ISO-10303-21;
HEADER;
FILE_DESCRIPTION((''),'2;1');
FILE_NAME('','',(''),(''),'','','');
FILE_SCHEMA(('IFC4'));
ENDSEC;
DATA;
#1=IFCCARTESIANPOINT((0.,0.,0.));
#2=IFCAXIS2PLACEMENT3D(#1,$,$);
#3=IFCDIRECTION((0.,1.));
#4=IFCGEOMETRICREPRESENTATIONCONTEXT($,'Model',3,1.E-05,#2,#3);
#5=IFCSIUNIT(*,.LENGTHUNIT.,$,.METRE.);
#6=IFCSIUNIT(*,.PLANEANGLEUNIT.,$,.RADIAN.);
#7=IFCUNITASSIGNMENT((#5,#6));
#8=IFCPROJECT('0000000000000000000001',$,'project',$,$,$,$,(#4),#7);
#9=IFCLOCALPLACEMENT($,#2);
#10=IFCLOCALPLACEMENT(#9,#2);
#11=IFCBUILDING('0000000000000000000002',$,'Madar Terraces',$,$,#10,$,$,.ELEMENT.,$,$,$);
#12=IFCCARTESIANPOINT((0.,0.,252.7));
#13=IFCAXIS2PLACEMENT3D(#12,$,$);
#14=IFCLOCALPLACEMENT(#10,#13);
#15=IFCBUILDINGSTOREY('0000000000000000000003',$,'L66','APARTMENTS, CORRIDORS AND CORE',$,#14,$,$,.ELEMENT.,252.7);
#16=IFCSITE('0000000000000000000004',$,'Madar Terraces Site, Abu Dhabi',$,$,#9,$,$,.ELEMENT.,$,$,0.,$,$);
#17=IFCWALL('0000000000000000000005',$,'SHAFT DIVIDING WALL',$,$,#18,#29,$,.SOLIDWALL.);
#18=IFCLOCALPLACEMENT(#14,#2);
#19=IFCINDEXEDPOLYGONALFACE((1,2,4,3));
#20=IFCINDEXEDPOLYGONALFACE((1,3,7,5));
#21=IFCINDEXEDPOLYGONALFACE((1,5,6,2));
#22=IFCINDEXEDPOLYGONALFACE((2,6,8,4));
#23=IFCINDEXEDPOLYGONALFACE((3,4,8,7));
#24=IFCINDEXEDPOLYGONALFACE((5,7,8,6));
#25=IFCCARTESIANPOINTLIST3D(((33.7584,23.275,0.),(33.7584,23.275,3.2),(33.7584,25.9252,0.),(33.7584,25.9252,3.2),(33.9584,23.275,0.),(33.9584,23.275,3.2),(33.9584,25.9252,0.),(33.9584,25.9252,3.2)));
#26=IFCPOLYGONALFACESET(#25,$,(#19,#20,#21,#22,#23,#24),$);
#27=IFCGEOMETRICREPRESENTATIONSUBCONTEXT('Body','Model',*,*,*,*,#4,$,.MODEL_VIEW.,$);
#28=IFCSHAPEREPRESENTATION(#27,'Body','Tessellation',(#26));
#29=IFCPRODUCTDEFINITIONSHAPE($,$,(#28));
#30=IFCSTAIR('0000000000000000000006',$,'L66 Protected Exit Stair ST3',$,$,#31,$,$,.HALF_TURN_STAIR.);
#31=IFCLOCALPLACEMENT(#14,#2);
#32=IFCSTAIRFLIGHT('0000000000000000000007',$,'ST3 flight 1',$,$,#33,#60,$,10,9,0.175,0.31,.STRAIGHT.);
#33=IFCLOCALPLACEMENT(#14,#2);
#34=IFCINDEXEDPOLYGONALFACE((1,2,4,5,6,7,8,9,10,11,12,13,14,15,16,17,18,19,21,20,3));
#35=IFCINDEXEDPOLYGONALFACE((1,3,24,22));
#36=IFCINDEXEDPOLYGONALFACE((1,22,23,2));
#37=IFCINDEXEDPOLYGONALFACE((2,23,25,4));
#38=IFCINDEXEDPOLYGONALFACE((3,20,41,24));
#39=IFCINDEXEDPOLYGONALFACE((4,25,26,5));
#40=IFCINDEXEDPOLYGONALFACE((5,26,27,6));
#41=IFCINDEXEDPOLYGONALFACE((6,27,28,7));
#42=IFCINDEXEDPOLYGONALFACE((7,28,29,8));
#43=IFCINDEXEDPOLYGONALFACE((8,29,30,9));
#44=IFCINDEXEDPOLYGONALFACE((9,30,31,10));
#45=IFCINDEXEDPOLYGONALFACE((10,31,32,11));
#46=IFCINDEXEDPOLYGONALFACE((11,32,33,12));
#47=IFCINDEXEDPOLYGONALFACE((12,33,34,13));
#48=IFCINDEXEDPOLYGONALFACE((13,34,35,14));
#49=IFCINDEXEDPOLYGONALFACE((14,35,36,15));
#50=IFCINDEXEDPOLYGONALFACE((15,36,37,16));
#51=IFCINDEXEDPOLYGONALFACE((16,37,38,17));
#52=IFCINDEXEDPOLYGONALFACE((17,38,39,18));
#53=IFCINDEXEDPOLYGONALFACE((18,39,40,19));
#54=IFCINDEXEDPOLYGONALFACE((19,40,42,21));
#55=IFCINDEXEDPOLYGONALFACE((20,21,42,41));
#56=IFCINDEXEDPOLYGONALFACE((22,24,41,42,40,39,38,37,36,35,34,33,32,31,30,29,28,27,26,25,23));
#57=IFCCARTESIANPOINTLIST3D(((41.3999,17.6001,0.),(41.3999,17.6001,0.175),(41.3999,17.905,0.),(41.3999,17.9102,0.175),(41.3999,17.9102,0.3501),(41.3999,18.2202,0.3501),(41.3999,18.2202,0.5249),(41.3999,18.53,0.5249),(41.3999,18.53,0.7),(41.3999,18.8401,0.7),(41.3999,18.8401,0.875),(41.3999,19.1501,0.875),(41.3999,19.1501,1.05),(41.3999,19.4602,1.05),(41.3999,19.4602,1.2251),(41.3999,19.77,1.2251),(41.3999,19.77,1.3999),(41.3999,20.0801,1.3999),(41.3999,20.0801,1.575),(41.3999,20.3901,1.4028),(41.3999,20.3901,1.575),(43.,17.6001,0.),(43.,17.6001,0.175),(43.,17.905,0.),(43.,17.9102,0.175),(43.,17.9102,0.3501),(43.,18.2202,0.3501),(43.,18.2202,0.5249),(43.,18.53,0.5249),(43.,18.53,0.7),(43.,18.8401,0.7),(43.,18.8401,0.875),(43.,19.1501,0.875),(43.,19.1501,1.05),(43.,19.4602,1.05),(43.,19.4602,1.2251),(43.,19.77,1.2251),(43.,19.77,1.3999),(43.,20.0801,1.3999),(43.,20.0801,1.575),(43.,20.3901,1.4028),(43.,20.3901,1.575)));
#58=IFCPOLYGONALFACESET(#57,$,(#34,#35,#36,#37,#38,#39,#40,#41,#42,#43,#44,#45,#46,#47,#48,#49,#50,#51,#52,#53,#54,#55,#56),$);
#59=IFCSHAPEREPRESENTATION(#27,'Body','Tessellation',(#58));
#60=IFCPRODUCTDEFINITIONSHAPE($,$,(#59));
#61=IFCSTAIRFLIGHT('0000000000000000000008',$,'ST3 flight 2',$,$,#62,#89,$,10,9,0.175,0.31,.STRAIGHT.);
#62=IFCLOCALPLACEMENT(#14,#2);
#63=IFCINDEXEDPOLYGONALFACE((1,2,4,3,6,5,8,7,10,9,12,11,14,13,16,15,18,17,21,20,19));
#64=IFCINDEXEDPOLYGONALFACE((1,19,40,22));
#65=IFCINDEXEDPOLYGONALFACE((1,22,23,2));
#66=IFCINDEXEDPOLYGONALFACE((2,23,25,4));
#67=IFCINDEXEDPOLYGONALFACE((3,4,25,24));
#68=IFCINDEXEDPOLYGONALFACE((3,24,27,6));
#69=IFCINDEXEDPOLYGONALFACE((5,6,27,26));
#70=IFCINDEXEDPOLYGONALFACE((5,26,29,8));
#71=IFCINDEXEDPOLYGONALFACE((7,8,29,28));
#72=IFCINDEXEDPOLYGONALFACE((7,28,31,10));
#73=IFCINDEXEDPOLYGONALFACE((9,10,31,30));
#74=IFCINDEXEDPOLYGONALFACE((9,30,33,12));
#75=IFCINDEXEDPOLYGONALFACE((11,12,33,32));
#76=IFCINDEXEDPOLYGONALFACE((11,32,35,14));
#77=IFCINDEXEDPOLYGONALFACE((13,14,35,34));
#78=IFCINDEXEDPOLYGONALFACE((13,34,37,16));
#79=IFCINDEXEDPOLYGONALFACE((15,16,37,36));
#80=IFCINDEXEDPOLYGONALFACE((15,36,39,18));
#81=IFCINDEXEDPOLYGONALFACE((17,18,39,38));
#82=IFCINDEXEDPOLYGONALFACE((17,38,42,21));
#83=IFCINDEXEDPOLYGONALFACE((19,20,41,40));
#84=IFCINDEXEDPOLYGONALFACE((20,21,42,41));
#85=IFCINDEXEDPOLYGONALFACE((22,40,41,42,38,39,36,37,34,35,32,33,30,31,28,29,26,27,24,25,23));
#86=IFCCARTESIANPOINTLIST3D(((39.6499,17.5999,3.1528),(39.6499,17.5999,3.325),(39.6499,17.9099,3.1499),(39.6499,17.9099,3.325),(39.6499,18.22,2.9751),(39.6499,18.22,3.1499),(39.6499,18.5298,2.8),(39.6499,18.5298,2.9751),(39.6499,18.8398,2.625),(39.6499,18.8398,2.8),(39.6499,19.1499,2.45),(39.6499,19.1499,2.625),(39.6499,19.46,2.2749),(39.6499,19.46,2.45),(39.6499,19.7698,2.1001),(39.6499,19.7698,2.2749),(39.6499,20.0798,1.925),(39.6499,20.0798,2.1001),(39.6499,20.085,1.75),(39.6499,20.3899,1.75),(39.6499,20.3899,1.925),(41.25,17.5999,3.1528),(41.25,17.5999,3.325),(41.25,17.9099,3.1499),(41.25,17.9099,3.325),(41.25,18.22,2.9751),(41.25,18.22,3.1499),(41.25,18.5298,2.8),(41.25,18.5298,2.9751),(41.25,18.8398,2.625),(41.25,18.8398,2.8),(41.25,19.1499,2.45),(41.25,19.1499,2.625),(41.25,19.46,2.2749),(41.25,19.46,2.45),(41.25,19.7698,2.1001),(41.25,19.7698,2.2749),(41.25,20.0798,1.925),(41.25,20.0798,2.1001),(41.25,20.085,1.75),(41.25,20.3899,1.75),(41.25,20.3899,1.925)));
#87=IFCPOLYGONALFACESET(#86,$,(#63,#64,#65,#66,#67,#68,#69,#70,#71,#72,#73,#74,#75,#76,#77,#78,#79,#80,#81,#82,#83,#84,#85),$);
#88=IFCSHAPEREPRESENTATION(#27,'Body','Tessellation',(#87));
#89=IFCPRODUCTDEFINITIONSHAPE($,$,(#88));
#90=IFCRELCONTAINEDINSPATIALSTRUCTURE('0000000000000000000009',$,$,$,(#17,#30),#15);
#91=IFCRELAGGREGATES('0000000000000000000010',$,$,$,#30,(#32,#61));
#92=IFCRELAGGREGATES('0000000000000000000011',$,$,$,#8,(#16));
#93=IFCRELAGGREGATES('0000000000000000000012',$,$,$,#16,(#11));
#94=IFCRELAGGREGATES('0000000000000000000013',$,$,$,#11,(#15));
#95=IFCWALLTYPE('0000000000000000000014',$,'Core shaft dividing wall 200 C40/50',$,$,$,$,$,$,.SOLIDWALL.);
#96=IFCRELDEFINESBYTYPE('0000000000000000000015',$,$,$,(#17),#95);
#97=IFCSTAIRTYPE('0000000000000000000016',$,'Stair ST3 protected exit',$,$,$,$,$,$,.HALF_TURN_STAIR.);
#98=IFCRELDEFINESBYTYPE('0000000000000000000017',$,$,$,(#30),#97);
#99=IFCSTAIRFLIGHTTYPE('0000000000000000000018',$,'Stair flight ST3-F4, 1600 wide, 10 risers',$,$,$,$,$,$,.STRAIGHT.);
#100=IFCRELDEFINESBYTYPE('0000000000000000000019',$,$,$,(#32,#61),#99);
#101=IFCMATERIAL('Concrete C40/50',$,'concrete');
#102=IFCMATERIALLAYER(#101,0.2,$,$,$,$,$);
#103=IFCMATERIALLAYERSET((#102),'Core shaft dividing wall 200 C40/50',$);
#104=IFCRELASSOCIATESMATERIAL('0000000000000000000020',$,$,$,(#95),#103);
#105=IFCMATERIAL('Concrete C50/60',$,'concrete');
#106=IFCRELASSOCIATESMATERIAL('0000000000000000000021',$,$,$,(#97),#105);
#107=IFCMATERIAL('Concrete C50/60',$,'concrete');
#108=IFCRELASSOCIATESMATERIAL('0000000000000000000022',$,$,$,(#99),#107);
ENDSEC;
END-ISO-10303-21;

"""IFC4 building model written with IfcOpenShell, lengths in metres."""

from ifc_helpers import new_model, si_unit, direction, frame, frame_2d, origin, place, context, subcontext, project, spatial, polyline, rectangle, outline, extrude, material, layer, layer_set, type_object, element, aggregate, save


model = new_model("IFC4")

# Units and contexts
model_context = context("Model", 3, precision=1e-05, world=origin(), true_north=direction((0.0, 1.0)))
body_context = subcontext(model_context, "Body", "Model", "MODEL_VIEW")
ifc_project = project(units=[si_unit("LENGTHUNIT", "METRE"), si_unit("PLANEANGLEUNIT", "RADIAN")], contexts=[model_context])

# Site, building, storey
site_placement = place(None, origin())
site = spatial("IfcSite", under=ifc_project, at=site_placement, Name="Madar Terraces Site, Abu Dhabi", CompositionType="ELEMENT", RefElevation=0.0)
building_placement = place(site_placement, origin())
building = spatial("IfcBuilding", under=site, at=building_placement, Name="Madar Terraces", CompositionType="ELEMENT")
storey_placement = place(building_placement, frame((0.0, 0.0, 252.7)))
storey = spatial("IfcBuildingStorey", under=building, at=storey_placement, Name="L66", Description="APARTMENTS, CORRIDORS AND CORE", CompositionType="ELEMENT", Elevation=252.7)

# Wall
ifc_material_1 = material(Name="Concrete C40/50", Category="concrete")
ifc_layer_1 = layer(ifc_material_1, 0.2)
ifc_layer_set_1 = layer_set([ifc_layer_1], Name="Core shaft dividing wall 200 C40/50")
wall_type_1 = type_object("IfcWallType", Name="Core shaft dividing wall 200 C40/50", PredefinedType="SOLIDWALL", material=ifc_layer_set_1)
wall_1_placement = place(storey_placement, frame((33.8584, 23.2749, 0.0), z_axis=(0.0, 0.0, 1.0), x_axis=(0.0, 1.0, 0.0)))
element("IfcWall", 1, at=wall_1_placement, inside=storey, type_object=wall_type_1, Name="SHAFT DIVIDING WALL", PredefinedType="SOLIDWALL", context=body_context, shape_type="SweptSolid", body=[
    extrude(rectangle(XDim=2.6501, YDim=0.2, at=frame_2d((1.3252, 0.0))), origin(), (0.0, 0.0, 1.0), 3.2),
])

# Stair, stair flights
ifc_material_2 = material(Name="Concrete C50/60", Category="concrete")
stair_type = type_object("IfcStairType", Name="Stair ST3 protected exit", PredefinedType="HALF_TURN_STAIR", material=ifc_material_2)
stair_placement = place(storey_placement, origin())
stair = element("IfcStair", 2, at=stair_placement, inside=storey, type_object=stair_type, Name="L66 Protected Exit Stair ST3", PredefinedType="HALF_TURN_STAIR")
ifc_material_3 = material(Name="Concrete C50/60", Category="concrete")
stair_flight_type = type_object("IfcStairFlightType", Name="Stair flight ST3-F4, 1600 wide, 10 risers", PredefinedType="STRAIGHT", material=ifc_material_3)
stair_flight_1_placement = place(storey_placement, frame((42.2, 17.6001, 0.0), z_axis=(0.0, 0.0, 1.0), x_axis=(0.0, 1.0, 0.0)))
stair_flight_1 = element("IfcStairFlight", 3, at=stair_flight_1_placement, type_object=stair_flight_type, Name="ST3 flight 1", NumberOfRisers=10, NumberOfTreads=9, PredefinedType="STRAIGHT", RiserHeight=0.175, TreadLength=0.31, context=body_context, shape_type="SweptSolid", body=[
    extrude(outline(polyline([(0.0, 0.0), (0.0, 0.175), (0.3101, 0.175), (0.3101, 0.3501), (0.6201, 0.3501), (0.6201, 0.5249), (0.9299, 0.5249), (0.9299, 0.7), (1.24, 0.7), (1.24, 0.875), (1.55, 0.875), (1.55, 1.05), (1.8601, 1.05), (1.8601, 1.2251), (2.1699, 1.2251), (2.1699, 1.3999), (2.48, 1.3999), (2.48, 1.575), (2.79, 1.575), (2.79, 1.75), (2.79, 1.4028), (0.3049, 0.0), (0.0, 0.0)])), frame((0.0, 0.8, 0.0), z_axis=(0.0, -1.0, 0.0), x_axis=(1.0, 0.0, 0.0)), (0.0, 0.0, 1.0), 1.6001),
])
stair_flight_2_placement = place(storey_placement, frame((40.45, 20.3899, 1.75), z_axis=(0.0, 0.0, 1.0), x_axis=(0.0, -1.0, 0.0)))
stair_flight_2 = element("IfcStairFlight", 4, at=stair_flight_2_placement, type_object=stair_flight_type, Name="ST3 flight 2", NumberOfRisers=10, NumberOfTreads=9, PredefinedType="STRAIGHT", RiserHeight=0.175, TreadLength=0.31, context=body_context, shape_type="SweptSolid", body=[
    extrude(outline(polyline([(0.0, 0.0), (0.0, 0.175), (0.3101, 0.175), (0.3101, 0.3501), (0.6201, 0.3501), (0.6201, 0.5249), (0.9299, 0.5249), (0.9299, 0.7), (1.24, 0.7), (1.24, 0.875), (1.55, 0.875), (1.55, 1.05), (1.8601, 1.05), (1.8601, 1.2251), (2.1699, 1.2251), (2.1699, 1.3999), (2.48, 1.3999), (2.48, 1.575), (2.79, 1.575), (2.79, 1.75), (2.79, 1.4028), (0.3049, 0.0), (0.0, 0.0)])), frame((0.0, 0.8, 0.0), z_axis=(0.0, -1.0, 0.0), x_axis=(1.0, 0.0, 0.0)), (0.0, 0.0, 1.0), 1.6001),
])
aggregate(stair, [stair_flight_1, stair_flight_2])

save(model, "model.ifc")
